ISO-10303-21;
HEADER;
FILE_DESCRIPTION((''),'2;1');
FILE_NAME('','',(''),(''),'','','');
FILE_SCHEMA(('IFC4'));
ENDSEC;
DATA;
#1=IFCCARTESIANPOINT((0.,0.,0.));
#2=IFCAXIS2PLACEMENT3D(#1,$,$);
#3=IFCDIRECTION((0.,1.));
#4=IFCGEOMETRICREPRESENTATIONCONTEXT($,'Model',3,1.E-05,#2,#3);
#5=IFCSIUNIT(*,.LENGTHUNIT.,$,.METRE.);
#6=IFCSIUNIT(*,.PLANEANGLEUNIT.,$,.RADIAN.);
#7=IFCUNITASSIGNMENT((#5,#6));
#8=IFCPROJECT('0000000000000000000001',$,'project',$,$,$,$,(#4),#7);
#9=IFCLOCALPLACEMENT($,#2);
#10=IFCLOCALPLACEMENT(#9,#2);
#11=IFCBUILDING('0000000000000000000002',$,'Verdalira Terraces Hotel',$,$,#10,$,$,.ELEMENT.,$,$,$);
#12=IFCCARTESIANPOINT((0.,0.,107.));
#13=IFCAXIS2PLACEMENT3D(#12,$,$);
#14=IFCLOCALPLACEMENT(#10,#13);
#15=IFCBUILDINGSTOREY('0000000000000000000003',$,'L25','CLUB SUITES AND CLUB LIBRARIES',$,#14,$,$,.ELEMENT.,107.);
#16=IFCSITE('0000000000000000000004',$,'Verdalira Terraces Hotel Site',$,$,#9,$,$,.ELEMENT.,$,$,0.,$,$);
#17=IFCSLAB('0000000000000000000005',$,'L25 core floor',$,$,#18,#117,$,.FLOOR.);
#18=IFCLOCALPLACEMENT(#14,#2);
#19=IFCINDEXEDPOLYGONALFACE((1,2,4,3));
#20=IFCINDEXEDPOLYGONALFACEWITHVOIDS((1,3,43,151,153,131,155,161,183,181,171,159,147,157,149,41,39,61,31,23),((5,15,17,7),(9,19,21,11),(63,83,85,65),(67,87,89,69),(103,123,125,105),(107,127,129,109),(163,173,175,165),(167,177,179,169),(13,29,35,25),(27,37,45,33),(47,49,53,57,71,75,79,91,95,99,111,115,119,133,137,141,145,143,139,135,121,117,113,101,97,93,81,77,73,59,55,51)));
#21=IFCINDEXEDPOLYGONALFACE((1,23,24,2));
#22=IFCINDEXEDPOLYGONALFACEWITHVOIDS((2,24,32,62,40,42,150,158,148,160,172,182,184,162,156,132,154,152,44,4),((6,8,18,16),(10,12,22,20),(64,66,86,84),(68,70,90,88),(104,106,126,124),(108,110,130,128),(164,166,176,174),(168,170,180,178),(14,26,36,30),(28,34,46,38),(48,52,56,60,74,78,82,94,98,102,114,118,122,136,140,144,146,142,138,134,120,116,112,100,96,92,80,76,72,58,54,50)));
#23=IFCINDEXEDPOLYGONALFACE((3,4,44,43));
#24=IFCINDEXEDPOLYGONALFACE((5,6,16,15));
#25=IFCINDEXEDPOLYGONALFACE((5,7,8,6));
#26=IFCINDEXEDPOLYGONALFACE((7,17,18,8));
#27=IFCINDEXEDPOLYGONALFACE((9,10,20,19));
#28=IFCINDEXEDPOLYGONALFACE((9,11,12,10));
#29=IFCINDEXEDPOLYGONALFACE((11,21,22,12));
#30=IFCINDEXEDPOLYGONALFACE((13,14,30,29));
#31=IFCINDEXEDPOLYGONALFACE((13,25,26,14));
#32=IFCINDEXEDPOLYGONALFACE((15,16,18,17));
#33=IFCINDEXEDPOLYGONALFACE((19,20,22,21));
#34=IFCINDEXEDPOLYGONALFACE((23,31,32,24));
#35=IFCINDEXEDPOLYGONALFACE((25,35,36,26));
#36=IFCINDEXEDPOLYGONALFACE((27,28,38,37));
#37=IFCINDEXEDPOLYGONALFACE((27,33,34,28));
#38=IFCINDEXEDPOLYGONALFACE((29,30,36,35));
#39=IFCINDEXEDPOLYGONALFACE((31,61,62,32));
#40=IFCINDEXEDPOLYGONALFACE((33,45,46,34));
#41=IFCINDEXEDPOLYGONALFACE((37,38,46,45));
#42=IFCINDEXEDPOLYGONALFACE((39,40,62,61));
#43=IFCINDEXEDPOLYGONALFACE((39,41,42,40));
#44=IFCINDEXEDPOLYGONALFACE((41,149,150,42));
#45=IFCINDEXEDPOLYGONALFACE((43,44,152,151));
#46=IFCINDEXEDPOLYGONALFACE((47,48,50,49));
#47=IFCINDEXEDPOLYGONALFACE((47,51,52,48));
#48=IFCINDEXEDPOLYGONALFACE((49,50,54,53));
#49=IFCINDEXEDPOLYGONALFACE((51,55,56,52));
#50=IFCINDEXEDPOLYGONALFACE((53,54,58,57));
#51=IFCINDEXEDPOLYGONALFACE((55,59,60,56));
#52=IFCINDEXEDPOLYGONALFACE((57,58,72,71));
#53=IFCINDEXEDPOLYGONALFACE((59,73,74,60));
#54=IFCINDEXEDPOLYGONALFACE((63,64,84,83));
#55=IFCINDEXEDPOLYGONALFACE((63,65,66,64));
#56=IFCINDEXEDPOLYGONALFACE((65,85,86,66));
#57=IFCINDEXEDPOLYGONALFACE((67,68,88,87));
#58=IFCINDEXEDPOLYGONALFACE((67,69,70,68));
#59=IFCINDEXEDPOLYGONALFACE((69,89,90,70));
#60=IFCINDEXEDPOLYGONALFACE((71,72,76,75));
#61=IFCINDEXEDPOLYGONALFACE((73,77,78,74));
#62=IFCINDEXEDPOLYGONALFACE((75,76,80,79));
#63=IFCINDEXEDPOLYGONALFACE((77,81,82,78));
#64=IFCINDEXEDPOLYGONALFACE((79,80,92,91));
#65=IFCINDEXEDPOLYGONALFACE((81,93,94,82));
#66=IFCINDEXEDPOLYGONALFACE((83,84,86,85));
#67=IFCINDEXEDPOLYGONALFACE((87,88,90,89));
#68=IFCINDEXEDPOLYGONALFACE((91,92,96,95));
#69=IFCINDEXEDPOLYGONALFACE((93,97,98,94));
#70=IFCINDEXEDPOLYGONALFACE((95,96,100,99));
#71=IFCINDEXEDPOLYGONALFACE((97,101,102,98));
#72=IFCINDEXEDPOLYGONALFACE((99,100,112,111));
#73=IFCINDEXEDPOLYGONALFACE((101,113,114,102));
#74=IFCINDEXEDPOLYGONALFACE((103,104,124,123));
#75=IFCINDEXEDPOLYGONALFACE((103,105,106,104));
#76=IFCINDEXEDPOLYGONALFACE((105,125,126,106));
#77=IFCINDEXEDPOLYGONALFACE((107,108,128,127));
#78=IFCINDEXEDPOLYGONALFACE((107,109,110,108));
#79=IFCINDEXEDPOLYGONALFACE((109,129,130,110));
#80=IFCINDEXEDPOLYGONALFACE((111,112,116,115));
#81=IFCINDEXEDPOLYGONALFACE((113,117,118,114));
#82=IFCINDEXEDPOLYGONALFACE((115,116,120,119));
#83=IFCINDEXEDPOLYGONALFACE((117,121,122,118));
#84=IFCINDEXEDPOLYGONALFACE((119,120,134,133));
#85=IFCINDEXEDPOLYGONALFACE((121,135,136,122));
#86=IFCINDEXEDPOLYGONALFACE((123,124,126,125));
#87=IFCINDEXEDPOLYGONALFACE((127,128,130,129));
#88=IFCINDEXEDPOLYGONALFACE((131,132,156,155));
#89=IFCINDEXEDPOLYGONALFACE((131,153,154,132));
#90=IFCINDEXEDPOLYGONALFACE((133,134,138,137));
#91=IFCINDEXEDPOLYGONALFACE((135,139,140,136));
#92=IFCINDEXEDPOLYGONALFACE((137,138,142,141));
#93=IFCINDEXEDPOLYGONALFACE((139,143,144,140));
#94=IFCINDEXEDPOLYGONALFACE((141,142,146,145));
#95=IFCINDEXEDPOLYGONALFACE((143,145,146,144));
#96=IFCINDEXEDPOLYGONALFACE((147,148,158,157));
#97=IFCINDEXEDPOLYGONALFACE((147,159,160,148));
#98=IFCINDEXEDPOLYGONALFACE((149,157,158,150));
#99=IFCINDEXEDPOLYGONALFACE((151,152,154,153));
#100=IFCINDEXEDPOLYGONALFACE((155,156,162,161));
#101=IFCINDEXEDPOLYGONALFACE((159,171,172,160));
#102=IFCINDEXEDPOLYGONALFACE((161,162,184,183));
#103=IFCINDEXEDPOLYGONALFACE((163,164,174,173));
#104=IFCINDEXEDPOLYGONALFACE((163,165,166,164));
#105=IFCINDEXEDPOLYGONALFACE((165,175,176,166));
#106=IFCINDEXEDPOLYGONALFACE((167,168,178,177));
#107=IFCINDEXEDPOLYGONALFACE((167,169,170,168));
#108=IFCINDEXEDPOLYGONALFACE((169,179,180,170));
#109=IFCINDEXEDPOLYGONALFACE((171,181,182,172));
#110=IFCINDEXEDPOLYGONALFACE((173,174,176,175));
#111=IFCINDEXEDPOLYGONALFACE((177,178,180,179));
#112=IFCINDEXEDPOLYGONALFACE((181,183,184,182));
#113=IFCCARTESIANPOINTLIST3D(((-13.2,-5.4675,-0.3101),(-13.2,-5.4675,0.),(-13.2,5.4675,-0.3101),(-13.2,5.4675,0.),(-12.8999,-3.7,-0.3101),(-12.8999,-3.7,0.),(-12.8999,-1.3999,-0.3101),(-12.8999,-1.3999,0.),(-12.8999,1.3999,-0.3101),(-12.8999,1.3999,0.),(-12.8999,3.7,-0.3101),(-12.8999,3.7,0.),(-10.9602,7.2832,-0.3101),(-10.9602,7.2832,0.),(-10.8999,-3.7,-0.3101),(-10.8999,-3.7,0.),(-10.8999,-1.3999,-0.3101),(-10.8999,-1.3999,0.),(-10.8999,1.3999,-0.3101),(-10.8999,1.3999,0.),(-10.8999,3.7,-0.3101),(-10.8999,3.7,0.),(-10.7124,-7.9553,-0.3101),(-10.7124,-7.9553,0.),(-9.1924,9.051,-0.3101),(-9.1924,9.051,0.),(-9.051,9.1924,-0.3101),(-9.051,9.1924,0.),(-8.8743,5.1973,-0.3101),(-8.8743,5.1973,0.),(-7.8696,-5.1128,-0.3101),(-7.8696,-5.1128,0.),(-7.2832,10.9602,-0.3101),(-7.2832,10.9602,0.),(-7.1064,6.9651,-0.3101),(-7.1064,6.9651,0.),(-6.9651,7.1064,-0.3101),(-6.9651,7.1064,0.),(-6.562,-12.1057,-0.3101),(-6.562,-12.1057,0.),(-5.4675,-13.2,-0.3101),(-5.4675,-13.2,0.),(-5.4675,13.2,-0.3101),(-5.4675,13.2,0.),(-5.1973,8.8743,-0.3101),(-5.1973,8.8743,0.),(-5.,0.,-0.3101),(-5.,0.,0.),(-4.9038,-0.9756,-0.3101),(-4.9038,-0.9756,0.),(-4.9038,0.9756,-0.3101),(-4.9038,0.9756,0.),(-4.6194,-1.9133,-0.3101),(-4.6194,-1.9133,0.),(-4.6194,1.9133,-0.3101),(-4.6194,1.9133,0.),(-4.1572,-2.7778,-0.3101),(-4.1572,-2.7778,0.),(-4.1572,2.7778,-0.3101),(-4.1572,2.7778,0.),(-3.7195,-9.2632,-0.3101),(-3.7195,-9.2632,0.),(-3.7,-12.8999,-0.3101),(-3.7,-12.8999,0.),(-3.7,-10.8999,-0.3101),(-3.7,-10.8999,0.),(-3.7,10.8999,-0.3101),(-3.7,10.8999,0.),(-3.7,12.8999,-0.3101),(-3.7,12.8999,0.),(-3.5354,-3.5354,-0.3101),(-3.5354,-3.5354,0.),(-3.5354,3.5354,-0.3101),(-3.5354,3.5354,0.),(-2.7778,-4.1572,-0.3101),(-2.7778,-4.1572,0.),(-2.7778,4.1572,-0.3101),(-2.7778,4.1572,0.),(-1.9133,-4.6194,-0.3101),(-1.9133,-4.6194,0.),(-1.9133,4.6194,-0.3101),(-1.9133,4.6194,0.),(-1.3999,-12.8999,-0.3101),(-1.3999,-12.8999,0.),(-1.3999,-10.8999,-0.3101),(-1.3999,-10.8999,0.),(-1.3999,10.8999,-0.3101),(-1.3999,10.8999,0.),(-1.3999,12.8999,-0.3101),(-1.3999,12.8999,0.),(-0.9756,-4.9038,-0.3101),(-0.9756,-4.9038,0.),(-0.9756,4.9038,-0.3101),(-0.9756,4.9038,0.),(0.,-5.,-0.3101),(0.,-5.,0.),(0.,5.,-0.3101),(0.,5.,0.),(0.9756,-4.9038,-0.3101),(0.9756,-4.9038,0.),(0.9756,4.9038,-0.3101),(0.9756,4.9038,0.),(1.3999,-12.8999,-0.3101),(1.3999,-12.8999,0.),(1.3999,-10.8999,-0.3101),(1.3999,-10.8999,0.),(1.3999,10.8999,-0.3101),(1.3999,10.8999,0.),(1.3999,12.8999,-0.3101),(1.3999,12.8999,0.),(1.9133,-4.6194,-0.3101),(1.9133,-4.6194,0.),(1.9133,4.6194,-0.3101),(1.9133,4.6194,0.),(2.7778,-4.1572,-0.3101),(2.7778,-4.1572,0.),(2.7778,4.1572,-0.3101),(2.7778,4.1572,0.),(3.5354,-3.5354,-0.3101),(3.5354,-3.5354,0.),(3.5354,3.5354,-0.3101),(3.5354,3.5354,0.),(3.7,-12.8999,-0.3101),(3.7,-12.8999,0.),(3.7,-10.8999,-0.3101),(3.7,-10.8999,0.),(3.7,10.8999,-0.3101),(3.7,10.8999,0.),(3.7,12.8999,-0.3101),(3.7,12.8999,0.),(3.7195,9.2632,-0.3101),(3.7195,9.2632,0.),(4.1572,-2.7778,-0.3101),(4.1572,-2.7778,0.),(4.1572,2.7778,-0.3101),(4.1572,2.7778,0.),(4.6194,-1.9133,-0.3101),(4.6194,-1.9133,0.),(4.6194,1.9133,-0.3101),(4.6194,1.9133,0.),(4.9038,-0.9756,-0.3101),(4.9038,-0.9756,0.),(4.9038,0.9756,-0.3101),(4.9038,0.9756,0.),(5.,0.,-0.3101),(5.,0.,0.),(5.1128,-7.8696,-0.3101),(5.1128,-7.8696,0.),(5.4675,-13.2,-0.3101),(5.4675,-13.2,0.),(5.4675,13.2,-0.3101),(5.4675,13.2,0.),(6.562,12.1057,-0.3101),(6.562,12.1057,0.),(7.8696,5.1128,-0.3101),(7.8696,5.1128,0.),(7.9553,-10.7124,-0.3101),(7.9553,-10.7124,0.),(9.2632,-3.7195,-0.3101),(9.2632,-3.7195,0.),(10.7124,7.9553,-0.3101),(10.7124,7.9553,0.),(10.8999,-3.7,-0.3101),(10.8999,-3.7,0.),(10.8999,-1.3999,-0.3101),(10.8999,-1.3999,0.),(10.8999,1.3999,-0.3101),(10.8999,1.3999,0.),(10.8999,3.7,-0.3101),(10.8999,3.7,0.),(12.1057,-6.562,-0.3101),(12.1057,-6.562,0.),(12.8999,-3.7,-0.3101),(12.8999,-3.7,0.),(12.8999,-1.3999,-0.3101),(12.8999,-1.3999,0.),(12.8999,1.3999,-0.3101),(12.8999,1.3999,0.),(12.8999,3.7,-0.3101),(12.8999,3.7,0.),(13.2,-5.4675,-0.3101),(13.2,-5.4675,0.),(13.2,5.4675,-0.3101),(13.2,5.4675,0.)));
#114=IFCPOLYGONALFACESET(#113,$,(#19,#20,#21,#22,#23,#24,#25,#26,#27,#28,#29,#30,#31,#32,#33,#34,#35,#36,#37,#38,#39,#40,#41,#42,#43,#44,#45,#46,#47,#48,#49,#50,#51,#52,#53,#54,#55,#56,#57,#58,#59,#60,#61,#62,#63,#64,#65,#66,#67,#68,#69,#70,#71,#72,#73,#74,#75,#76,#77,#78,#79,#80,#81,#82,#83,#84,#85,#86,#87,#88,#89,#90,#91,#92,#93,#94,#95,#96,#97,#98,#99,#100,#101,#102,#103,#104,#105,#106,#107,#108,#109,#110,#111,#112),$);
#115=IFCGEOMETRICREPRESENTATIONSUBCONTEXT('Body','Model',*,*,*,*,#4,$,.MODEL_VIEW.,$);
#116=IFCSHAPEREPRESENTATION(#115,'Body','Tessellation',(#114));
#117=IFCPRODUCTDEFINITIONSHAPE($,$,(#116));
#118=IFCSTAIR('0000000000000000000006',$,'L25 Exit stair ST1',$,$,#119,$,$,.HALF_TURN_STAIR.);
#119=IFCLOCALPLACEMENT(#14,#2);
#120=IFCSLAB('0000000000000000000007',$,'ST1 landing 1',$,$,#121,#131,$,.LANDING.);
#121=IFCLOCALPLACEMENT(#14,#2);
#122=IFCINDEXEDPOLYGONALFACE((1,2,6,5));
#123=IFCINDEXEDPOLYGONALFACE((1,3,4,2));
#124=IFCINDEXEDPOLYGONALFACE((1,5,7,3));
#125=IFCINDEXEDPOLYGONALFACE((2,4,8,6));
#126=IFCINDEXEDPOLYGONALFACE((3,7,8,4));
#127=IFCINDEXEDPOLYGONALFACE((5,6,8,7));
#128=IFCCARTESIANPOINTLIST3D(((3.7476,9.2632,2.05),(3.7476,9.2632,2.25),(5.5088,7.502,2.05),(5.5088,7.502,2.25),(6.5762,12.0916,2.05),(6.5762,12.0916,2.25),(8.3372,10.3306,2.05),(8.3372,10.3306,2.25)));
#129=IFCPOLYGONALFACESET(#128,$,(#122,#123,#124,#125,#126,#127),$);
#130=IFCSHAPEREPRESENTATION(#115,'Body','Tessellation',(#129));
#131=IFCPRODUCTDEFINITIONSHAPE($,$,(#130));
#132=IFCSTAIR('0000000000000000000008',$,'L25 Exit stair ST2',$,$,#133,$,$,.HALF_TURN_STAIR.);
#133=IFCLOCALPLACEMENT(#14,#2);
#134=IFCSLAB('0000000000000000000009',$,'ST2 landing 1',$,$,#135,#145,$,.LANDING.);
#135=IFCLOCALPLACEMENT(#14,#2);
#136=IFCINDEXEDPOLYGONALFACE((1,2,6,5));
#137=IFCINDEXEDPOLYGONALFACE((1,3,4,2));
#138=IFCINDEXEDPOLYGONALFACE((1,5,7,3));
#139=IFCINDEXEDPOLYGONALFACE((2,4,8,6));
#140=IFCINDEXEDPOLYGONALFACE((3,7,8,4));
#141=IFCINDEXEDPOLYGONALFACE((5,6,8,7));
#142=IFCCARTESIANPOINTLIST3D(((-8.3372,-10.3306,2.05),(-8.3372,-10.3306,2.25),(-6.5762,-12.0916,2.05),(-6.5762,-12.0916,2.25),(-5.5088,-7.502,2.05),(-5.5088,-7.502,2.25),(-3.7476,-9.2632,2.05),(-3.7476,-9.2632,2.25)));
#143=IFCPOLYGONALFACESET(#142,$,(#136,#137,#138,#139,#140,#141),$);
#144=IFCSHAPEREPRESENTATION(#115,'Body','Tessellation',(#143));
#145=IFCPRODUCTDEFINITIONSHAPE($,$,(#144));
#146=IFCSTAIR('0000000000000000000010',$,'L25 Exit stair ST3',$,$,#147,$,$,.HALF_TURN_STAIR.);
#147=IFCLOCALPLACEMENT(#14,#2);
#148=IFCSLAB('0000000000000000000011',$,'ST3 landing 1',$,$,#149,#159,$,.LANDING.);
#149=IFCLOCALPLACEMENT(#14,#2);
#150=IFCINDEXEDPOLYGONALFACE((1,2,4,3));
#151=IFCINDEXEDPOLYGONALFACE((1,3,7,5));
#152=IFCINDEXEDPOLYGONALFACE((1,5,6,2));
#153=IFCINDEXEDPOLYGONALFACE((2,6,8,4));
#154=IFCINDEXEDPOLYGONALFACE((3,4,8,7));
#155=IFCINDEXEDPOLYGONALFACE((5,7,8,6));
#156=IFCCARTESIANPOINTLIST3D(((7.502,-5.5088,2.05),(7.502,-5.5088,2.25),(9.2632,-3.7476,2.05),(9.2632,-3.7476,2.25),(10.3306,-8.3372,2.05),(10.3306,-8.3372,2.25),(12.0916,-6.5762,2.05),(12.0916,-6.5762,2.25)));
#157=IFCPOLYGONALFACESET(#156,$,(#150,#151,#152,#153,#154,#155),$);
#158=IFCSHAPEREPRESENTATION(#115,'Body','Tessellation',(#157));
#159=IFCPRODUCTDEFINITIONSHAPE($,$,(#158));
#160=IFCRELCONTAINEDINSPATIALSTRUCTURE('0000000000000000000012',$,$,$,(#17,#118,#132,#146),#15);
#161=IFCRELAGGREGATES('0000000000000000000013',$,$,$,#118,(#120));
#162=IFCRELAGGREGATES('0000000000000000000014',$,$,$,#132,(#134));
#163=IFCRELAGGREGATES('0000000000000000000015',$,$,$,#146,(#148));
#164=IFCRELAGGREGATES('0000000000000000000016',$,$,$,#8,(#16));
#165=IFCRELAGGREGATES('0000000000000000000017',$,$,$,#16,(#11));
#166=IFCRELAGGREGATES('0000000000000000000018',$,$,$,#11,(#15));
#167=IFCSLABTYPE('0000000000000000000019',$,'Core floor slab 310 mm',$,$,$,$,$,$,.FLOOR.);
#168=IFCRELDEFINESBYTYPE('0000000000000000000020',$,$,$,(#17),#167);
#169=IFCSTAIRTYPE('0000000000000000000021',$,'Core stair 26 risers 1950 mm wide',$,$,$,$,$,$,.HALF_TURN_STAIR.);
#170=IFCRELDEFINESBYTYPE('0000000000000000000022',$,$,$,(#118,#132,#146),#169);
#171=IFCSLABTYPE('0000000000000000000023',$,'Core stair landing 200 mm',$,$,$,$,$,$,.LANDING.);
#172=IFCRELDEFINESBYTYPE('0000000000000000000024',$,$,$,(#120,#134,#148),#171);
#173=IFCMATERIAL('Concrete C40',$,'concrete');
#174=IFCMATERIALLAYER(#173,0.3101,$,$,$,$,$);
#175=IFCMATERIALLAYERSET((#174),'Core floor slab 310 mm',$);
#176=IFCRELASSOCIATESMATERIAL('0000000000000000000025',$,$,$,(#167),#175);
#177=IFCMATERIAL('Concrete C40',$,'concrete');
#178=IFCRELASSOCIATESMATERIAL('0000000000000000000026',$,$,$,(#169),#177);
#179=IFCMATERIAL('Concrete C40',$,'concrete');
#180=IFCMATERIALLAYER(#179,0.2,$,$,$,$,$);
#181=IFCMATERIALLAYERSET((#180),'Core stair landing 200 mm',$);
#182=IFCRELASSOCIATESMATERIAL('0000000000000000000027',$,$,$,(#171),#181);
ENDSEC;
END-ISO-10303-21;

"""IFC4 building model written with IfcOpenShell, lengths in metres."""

from ifc_helpers import new_model, si_unit, direction, frame, origin, place, context, subcontext, project, spatial, polyline, outline, extrude, material, layer, layer_set, type_object, element, aggregate, save


model = new_model("IFC4")

# Units and contexts
model_context = context("Model", 3, precision=1e-05, world=origin(), true_north=direction((0.0, 1.0)))
body_context = subcontext(model_context, "Body", "Model", "MODEL_VIEW")
ifc_project = project(units=[si_unit("LENGTHUNIT", "METRE"), si_unit("PLANEANGLEUNIT", "RADIAN")], contexts=[model_context])

# Site, building, storey
site_placement = place(None, origin())
site = spatial("IfcSite", under=ifc_project, at=site_placement, Name="Verdalira Terraces Hotel Site", CompositionType="ELEMENT", RefElevation=0.0)
building_placement = place(site_placement, origin())
building = spatial("IfcBuilding", under=site, at=building_placement, Name="Verdalira Terraces Hotel", CompositionType="ELEMENT")
storey_placement = place(building_placement, frame((0.0, 0.0, 107.0)))
storey = spatial("IfcBuildingStorey", under=building, at=storey_placement, Name="L25", Description="CLUB SUITES AND CLUB LIBRARIES", CompositionType="ELEMENT", Elevation=107.0)

# Slab
ifc_material_1 = material(Name="Concrete C40", Category="concrete")
ifc_layer_1 = layer(ifc_material_1, 0.3101)
ifc_layer_set_1 = layer_set([ifc_layer_1], Name="Core floor slab 310 mm")
slab_type_1 = type_object("IfcSlabType", Name="Core floor slab 310 mm", PredefinedType="FLOOR", material=ifc_layer_set_1)
slab_1_placement = place(storey_placement, frame((0.0, 0.0, -0.3101)))
element("IfcSlab", 1, at=slab_1_placement, inside=storey, type_object=slab_type_1, Name="L25 core floor", PredefinedType="FLOOR", context=body_context, shape_type="SweptSolid", body=[
    extrude(outline(polyline([(-5.4675, 13.2), (5.4675, 13.2), (6.562, 12.1057), (3.7195, 9.2632), (7.8696, 5.1128), (10.7124, 7.9553), (13.2, 5.4675), (13.2, -5.4675), (12.1057, -6.562), (9.2632, -3.7195), (5.1128, -7.8696), (7.9553, -10.7124), (5.4675, -13.2), (-5.4675, -13.2), (-6.562, -12.1057), (-3.7195, -9.2632), (-7.8696, -5.1128), (-10.7124, -7.9553), (-13.2, -5.4675), (-13.2, 5.4675), (-5.4675, 13.2)]), holes=[polyline([(12.8999, -3.7), (12.8999, -1.3999), (10.8999, -1.3999), (10.8999, -3.7), (12.8999, -3.7)]), polyline([(12.8999, 1.3999), (12.8999, 3.7), (10.8999, 3.7), (10.8999, 1.3999), (12.8999, 1.3999)]), polyline([(1.3999, 10.8999), (3.7, 10.8999), (3.7, 12.8999), (1.3999, 12.8999), (1.3999, 10.8999)]), polyline([(-3.7, 10.8999), (-1.3999, 10.8999), (-1.3999, 12.8999), (-3.7, 12.8999), (-3.7, 10.8999)]), polyline([(-12.8999, 3.7), (-12.8999, 1.3999), (-10.8999, 1.3999), (-10.8999, 3.7), (-12.8999, 3.7)]), polyline([(-12.8999, -1.3999), (-12.8999, -3.7), (-10.8999, -3.7), (-10.8999, -1.3999), (-12.8999, -1.3999)]), polyline([(-1.3999, -10.8999), (-3.7, -10.8999), (-3.7, -12.8999), (-1.3999, -12.8999), (-1.3999, -10.8999)]), polyline([(3.7, -10.8999), (1.3999, -10.8999), (1.3999, -12.8999), (3.7, -12.8999), (3.7, -10.8999)]), polyline([(-9.051, 9.1924), (-6.9651, 7.1064), (-5.1973, 8.8743), (-7.2832, 10.9602), (-9.051, 9.1924)]), polyline([(-9.1924, 9.051), (-10.9602, 7.2832), (-8.8743, 5.1973), (-7.1064, 6.9651), (-9.1924, 9.051)]), polyline([(3.5354, 3.5354), (2.7778, 4.1572), (1.9133, 4.6194), (0.9756, 4.9038), (0.0, 5.0), (-0.9756, 4.9038), (-1.9133, 4.6194), (-2.7778, 4.1572), (-3.5354, 3.5354), (-4.1572, 2.7778), (-4.6194, 1.9133), (-4.9038, 0.9756), (-5.0, 0.0), (-4.9038, -0.9756), (-4.6194, -1.9133), (-4.1572, -2.7778), (-3.5354, -3.5354), (-2.7778, -4.1572), (-1.9133, -4.6194), (-0.9756, -4.9038), (0.0, -5.0), (0.9756, -4.9038), (1.9133, -4.6194), (2.7778, -4.1572), (3.5354, -3.5354), (4.1572, -2.7778), (4.6194, -1.9133), (4.9038, -0.9756), (5.0, 0.0), (4.9038, 0.9756), (4.6194, 1.9133), (4.1572, 2.7778), (3.5354, 3.5354)])]), origin(), (0.0, 0.0, 1.0), 0.3101),
])

# Stairs, slabs
ifc_material_2 = material(Name="Concrete C40", Category="concrete")
stair_type = type_object("IfcStairType", Name="Core stair 26 risers 1950 mm wide", PredefinedType="HALF_TURN_STAIR", material=ifc_material_2)
stair_1_placement = place(storey_placement, origin())
stair_1 = element("IfcStair", 2, at=stair_1_placement, inside=storey, type_object=stair_type, Name="L25 Exit stair ST1", PredefinedType="HALF_TURN_STAIR")
ifc_material_3 = material(Name="Concrete C40", Category="concrete")
ifc_layer_2 = layer(ifc_material_3, 0.2)
ifc_layer_set_2 = layer_set([ifc_layer_2], Name="Core stair landing 200 mm")
slab_type_2 = type_object("IfcSlabType", Name="Core stair landing 200 mm", PredefinedType="LANDING", material=ifc_layer_set_2)
slab_2_placement = place(storey_placement, frame((0.0, 0.0, 2.05)))
slab_2 = element("IfcSlab", 3, at=slab_2_placement, type_object=slab_type_2, Name="ST1 landing 1", PredefinedType="LANDING", context=body_context, shape_type="SweptSolid", body=[
    extrude(outline(polyline([(8.3372, 10.3306), (6.5762, 12.0916), (3.7476, 9.2632), (5.5088, 7.502), (8.3372, 10.3306)])), origin(), (0.0, 0.0, 1.0), 0.2),
])
aggregate(stair_1, [slab_2])
stair_2_placement = place(storey_placement, origin())
stair_2 = element("IfcStair", 4, at=stair_2_placement, inside=storey, type_object=stair_type, Name="L25 Exit stair ST2", PredefinedType="HALF_TURN_STAIR")
slab_3_placement = place(storey_placement, frame((0.0, 0.0, 2.05)))
slab_3 = element("IfcSlab", 5, at=slab_3_placement, type_object=slab_type_2, Name="ST2 landing 1", PredefinedType="LANDING", context=body_context, shape_type="SweptSolid", body=[
    extrude(outline(polyline([(-8.3372, -10.3306), (-6.5762, -12.0916), (-3.7476, -9.2632), (-5.5088, -7.502), (-8.3372, -10.3306)])), origin(), (0.0, 0.0, 1.0), 0.2),
])
aggregate(stair_2, [slab_3])
stair_3_placement = place(storey_placement, origin())
stair_3 = element("IfcStair", 6, at=stair_3_placement, inside=storey, type_object=stair_type, Name="L25 Exit stair ST3", PredefinedType="HALF_TURN_STAIR")
slab_4_placement = place(storey_placement, frame((0.0, 0.0, 2.05)))
slab_4 = element("IfcSlab", 7, at=slab_4_placement, type_object=slab_type_2, Name="ST3 landing 1", PredefinedType="LANDING", context=body_context, shape_type="SweptSolid", body=[
    extrude(outline(polyline([(10.3306, -8.3372), (12.0916, -6.5762), (9.2632, -3.7476), (7.502, -5.5088), (10.3306, -8.3372)])), origin(), (0.0, 0.0, 1.0), 0.2),
])
aggregate(stair_3, [slab_4])

save(model, "model.ifc")
